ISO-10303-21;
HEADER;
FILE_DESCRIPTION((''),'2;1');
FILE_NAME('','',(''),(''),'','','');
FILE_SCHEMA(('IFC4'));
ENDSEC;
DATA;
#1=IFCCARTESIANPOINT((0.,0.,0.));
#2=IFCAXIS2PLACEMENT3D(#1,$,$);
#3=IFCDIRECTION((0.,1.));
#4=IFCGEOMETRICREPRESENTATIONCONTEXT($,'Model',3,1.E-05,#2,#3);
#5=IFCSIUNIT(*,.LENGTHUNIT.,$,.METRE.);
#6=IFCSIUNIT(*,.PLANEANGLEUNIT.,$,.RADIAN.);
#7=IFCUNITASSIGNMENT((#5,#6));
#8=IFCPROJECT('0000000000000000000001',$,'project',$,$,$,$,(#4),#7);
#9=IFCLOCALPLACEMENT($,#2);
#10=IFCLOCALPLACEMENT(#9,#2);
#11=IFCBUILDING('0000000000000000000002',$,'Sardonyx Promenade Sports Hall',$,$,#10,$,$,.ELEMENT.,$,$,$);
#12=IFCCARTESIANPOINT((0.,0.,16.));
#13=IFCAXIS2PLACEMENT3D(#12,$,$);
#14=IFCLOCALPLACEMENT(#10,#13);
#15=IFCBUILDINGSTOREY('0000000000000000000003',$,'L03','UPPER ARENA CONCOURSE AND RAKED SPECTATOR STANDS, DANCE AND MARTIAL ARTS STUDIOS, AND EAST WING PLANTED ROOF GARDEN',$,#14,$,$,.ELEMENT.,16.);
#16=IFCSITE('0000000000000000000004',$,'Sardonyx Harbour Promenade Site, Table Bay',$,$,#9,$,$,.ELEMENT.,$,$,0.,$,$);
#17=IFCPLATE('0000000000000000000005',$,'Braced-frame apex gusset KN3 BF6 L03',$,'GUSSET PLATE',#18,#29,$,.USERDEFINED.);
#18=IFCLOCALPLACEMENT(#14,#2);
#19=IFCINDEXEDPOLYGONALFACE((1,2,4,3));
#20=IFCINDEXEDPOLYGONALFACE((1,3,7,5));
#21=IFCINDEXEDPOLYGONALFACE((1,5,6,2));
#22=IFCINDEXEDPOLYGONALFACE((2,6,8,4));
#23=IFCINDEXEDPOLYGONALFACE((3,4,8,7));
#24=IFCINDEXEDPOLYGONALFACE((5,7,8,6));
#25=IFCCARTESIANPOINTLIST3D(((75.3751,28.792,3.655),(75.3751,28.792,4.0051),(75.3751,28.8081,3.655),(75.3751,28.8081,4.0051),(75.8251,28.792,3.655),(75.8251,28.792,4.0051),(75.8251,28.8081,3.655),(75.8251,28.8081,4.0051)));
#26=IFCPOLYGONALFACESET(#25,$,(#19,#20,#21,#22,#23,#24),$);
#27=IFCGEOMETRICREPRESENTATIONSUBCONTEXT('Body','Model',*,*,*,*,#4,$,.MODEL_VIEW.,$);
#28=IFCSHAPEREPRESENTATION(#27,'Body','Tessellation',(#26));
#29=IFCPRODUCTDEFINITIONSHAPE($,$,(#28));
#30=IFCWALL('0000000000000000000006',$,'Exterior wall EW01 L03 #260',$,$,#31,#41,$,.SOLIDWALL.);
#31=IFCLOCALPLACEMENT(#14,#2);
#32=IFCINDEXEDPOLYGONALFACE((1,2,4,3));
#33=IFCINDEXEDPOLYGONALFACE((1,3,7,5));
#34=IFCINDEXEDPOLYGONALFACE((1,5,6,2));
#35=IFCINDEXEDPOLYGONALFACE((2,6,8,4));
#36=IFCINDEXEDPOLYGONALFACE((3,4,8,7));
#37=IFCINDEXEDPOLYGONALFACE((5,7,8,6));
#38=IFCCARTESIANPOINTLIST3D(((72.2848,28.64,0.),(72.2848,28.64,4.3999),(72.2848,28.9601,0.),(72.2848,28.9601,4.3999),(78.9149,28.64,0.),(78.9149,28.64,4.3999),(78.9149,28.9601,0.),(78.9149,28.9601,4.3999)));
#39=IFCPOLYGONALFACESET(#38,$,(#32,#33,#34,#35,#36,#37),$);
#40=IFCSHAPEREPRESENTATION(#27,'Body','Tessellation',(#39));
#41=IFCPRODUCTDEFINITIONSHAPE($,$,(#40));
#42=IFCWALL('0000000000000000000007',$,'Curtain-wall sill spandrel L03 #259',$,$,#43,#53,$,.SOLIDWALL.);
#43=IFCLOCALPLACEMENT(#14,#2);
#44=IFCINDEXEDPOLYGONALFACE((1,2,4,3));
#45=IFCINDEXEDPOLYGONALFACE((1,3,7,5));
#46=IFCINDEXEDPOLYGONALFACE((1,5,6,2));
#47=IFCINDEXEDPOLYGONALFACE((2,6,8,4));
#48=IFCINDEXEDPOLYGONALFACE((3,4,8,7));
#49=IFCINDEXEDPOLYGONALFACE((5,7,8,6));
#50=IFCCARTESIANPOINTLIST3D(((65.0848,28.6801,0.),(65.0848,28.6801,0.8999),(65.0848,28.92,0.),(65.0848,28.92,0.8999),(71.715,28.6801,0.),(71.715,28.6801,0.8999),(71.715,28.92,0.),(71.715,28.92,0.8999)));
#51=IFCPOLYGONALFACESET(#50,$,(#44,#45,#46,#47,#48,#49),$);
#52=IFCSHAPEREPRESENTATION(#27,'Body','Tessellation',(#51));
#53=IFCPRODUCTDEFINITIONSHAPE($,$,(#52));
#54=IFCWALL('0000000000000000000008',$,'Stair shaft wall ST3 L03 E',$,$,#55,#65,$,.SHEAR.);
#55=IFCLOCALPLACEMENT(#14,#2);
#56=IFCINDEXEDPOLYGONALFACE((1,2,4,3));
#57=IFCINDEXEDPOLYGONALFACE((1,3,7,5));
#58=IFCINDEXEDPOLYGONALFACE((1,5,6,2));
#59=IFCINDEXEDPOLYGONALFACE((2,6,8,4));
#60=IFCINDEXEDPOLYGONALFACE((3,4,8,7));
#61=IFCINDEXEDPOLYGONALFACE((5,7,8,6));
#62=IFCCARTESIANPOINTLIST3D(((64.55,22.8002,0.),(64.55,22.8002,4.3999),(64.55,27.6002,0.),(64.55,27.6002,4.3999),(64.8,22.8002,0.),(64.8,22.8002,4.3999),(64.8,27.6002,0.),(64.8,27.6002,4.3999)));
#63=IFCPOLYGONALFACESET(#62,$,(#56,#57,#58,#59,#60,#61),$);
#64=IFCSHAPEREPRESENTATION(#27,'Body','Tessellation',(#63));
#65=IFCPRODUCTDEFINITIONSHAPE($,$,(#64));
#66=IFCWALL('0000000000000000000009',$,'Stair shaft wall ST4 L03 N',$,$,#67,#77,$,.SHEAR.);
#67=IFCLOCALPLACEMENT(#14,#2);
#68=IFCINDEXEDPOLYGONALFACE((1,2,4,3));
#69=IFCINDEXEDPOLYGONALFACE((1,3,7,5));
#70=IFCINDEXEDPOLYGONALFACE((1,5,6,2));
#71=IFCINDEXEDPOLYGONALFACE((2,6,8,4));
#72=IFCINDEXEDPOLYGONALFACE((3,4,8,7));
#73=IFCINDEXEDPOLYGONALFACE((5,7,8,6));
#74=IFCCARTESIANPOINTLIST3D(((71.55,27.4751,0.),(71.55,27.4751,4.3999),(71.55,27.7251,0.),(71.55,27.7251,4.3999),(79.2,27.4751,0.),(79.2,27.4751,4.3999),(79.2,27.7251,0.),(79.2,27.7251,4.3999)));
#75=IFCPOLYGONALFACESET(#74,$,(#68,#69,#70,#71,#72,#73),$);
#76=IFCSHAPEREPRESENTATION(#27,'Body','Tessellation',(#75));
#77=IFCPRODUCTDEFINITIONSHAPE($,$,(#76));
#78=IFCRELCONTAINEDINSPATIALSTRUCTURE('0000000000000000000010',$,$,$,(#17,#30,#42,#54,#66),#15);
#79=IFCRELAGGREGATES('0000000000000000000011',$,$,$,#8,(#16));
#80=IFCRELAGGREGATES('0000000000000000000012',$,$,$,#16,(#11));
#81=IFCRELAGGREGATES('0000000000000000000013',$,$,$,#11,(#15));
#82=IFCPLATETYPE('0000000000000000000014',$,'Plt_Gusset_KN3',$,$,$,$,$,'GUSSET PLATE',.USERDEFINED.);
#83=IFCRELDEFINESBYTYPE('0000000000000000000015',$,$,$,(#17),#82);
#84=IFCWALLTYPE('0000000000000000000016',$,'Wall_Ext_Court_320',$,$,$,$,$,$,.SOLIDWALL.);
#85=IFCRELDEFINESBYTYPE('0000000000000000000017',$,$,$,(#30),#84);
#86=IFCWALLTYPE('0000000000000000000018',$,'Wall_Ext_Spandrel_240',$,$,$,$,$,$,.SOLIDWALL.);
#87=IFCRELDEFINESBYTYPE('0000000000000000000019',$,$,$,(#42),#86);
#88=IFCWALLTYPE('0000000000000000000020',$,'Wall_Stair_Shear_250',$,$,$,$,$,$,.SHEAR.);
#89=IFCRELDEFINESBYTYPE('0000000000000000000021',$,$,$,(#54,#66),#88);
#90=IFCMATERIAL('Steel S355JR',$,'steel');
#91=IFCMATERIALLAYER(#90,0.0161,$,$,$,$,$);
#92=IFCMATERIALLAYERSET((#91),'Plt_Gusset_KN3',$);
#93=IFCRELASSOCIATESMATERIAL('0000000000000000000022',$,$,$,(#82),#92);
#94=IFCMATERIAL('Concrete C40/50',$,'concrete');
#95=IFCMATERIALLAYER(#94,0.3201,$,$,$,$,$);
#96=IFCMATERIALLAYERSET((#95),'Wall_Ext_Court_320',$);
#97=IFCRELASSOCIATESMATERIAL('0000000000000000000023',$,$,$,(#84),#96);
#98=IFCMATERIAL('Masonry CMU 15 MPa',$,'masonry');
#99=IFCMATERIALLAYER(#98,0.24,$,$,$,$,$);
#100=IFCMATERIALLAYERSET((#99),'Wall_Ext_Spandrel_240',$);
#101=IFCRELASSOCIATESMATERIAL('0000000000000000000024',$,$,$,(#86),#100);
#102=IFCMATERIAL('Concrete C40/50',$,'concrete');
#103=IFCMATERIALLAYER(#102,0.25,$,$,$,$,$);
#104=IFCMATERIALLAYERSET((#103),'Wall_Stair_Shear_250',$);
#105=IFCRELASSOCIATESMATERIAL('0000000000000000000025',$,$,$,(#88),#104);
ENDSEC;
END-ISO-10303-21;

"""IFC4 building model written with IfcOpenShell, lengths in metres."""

from ifc_helpers import new_model, si_unit, direction, frame, frame_2d, origin, origin_2d, place, context, subcontext, project, spatial, rectangle, extrude, material, layer, layer_set, type_object, element, save


model = new_model("IFC4")

# Units and contexts
model_context = context("Model", 3, precision=1e-05, world=origin(), true_north=direction((0.0, 1.0)))
body_context = subcontext(model_context, "Body", "Model", "MODEL_VIEW")
ifc_project = project(units=[si_unit("LENGTHUNIT", "METRE"), si_unit("PLANEANGLEUNIT", "RADIAN")], contexts=[model_context])

# Site, building, storey
site_placement = place(None, origin())
site = spatial("IfcSite", under=ifc_project, at=site_placement, Name="Sardonyx Harbour Promenade Site, Table Bay", CompositionType="ELEMENT", RefElevation=0.0)
building_placement = place(site_placement, origin())
building = spatial("IfcBuilding", under=site, at=building_placement, Name="Sardonyx Promenade Sports Hall", CompositionType="ELEMENT")
storey_placement = place(building_placement, frame((0.0, 0.0, 16.0)))
storey = spatial("IfcBuildingStorey", under=building, at=storey_placement, Name="L03", Description="UPPER ARENA CONCOURSE AND RAKED SPECTATOR STANDS, DANCE AND MARTIAL ARTS STUDIOS, AND EAST WING PLANTED ROOF GARDEN", CompositionType="ELEMENT", Elevation=16.0)

# Plate
ifc_material_1 = material(Name="Steel S355JR", Category="steel")
ifc_layer_1 = layer(ifc_material_1, 0.0161)
ifc_layer_set_1 = layer_set([ifc_layer_1], Name="Plt_Gusset_KN3")
plate_type_1 = type_object("IfcPlateType", Name="Plt_Gusset_KN3", ElementType="GUSSET PLATE", PredefinedType="USERDEFINED", material=ifc_layer_set_1)
plate_1_placement = place(storey_placement, frame((75.6001, 28.8, 3.655), z_axis=(0.0, 0.0, 1.0), x_axis=(1.0, 0.0, 0.0)))
element("IfcPlate", 1, at=plate_1_placement, inside=storey, type_object=plate_type_1, Name="Braced-frame apex gusset KN3 BF6 L03", ObjectType="GUSSET PLATE", PredefinedType="USERDEFINED", context=body_context, shape_type="SweptSolid", body=[
    extrude(rectangle(XDim=0.45, YDim=0.0161, at=origin_2d()), origin(), (0.0, 0.0, 1.0), 0.3501),
])

# Walls
ifc_material_2 = material(Name="Concrete C40/50", Category="concrete")
ifc_layer_2 = layer(ifc_material_2, 0.3201)
ifc_layer_set_2 = layer_set([ifc_layer_2], Name="Wall_Ext_Court_320")
wall_type_1 = type_object("IfcWallType", Name="Wall_Ext_Court_320", PredefinedType="SOLIDWALL", material=ifc_layer_set_2)
wall_1_placement = place(storey_placement, frame((72.2849, 28.8, 0.0), z_axis=(0.0, 0.0, 1.0), x_axis=(1.0, 0.0, 0.0)))
element("IfcWall", 2, at=wall_1_placement, inside=storey, type_object=wall_type_1, Name="Exterior wall EW01 L03 #260", PredefinedType="SOLIDWALL", context=body_context, shape_type="SweptSolid", body=[
    extrude(rectangle(XDim=6.6301, YDim=0.3201, at=frame_2d((3.3149, 0.0))), origin(), (0.0, 0.0, 1.0), 4.3999),
])
ifc_material_3 = material(Name="Masonry CMU 15 MPa", Category="masonry")
ifc_layer_3 = layer(ifc_material_3, 0.24)
ifc_layer_set_3 = layer_set([ifc_layer_3], Name="Wall_Ext_Spandrel_240")
wall_type_2 = type_object("IfcWallType", Name="Wall_Ext_Spandrel_240", PredefinedType="SOLIDWALL", material=ifc_layer_set_3)
wall_2_placement = place(storey_placement, frame((65.085, 28.8, 0.0), z_axis=(0.0, 0.0, 1.0), x_axis=(1.0, 0.0, 0.0)))
element("IfcWall", 3, at=wall_2_placement, inside=storey, type_object=wall_type_2, Name="Curtain-wall sill spandrel L03 #259", PredefinedType="SOLIDWALL", context=body_context, shape_type="SweptSolid", body=[
    extrude(rectangle(XDim=6.6301, YDim=0.24, at=frame_2d((3.3149, 0.0))), origin(), (0.0, 0.0, 1.0), 0.8999),
])
ifc_material_4 = material(Name="Concrete C40/50", Category="concrete")
ifc_layer_4 = layer(ifc_material_4, 0.25)
ifc_layer_set_4 = layer_set([ifc_layer_4], Name="Wall_Stair_Shear_250")
wall_type_3 = type_object("IfcWallType", Name="Wall_Stair_Shear_250", PredefinedType="SHEAR", material=ifc_layer_set_4)
wall_3_placement = place(storey_placement, frame((64.675, 27.6001, 0.0), z_axis=(0.0, 0.0, 1.0), x_axis=(0.0, -1.0, 0.0)))
element("IfcWall", 4, at=wall_3_placement, inside=storey, type_object=wall_type_3, Name="Stair shaft wall ST3 L03 E", PredefinedType="SHEAR", context=body_context, shape_type="SweptSolid", body=[
    extrude(rectangle(XDim=4.8, YDim=0.25, at=frame_2d((2.3999, 0.0))), origin(), (0.0, 0.0, 1.0), 4.3999),
])
wall_4_placement = place(storey_placement, frame((71.55, 27.6001, 0.0), z_axis=(0.0, 0.0, 1.0), x_axis=(1.0, 0.0, 0.0)))
element("IfcWall", 5, at=wall_4_placement, inside=storey, type_object=wall_type_3, Name="Stair shaft wall ST4 L03 N", PredefinedType="SHEAR", context=body_context, shape_type="SweptSolid", body=[
    extrude(rectangle(XDim=7.6499, YDim=0.25, at=frame_2d((3.825, 0.0))), origin(), (0.0, 0.0, 1.0), 4.3999),
])

save(model, "model.ifc")
